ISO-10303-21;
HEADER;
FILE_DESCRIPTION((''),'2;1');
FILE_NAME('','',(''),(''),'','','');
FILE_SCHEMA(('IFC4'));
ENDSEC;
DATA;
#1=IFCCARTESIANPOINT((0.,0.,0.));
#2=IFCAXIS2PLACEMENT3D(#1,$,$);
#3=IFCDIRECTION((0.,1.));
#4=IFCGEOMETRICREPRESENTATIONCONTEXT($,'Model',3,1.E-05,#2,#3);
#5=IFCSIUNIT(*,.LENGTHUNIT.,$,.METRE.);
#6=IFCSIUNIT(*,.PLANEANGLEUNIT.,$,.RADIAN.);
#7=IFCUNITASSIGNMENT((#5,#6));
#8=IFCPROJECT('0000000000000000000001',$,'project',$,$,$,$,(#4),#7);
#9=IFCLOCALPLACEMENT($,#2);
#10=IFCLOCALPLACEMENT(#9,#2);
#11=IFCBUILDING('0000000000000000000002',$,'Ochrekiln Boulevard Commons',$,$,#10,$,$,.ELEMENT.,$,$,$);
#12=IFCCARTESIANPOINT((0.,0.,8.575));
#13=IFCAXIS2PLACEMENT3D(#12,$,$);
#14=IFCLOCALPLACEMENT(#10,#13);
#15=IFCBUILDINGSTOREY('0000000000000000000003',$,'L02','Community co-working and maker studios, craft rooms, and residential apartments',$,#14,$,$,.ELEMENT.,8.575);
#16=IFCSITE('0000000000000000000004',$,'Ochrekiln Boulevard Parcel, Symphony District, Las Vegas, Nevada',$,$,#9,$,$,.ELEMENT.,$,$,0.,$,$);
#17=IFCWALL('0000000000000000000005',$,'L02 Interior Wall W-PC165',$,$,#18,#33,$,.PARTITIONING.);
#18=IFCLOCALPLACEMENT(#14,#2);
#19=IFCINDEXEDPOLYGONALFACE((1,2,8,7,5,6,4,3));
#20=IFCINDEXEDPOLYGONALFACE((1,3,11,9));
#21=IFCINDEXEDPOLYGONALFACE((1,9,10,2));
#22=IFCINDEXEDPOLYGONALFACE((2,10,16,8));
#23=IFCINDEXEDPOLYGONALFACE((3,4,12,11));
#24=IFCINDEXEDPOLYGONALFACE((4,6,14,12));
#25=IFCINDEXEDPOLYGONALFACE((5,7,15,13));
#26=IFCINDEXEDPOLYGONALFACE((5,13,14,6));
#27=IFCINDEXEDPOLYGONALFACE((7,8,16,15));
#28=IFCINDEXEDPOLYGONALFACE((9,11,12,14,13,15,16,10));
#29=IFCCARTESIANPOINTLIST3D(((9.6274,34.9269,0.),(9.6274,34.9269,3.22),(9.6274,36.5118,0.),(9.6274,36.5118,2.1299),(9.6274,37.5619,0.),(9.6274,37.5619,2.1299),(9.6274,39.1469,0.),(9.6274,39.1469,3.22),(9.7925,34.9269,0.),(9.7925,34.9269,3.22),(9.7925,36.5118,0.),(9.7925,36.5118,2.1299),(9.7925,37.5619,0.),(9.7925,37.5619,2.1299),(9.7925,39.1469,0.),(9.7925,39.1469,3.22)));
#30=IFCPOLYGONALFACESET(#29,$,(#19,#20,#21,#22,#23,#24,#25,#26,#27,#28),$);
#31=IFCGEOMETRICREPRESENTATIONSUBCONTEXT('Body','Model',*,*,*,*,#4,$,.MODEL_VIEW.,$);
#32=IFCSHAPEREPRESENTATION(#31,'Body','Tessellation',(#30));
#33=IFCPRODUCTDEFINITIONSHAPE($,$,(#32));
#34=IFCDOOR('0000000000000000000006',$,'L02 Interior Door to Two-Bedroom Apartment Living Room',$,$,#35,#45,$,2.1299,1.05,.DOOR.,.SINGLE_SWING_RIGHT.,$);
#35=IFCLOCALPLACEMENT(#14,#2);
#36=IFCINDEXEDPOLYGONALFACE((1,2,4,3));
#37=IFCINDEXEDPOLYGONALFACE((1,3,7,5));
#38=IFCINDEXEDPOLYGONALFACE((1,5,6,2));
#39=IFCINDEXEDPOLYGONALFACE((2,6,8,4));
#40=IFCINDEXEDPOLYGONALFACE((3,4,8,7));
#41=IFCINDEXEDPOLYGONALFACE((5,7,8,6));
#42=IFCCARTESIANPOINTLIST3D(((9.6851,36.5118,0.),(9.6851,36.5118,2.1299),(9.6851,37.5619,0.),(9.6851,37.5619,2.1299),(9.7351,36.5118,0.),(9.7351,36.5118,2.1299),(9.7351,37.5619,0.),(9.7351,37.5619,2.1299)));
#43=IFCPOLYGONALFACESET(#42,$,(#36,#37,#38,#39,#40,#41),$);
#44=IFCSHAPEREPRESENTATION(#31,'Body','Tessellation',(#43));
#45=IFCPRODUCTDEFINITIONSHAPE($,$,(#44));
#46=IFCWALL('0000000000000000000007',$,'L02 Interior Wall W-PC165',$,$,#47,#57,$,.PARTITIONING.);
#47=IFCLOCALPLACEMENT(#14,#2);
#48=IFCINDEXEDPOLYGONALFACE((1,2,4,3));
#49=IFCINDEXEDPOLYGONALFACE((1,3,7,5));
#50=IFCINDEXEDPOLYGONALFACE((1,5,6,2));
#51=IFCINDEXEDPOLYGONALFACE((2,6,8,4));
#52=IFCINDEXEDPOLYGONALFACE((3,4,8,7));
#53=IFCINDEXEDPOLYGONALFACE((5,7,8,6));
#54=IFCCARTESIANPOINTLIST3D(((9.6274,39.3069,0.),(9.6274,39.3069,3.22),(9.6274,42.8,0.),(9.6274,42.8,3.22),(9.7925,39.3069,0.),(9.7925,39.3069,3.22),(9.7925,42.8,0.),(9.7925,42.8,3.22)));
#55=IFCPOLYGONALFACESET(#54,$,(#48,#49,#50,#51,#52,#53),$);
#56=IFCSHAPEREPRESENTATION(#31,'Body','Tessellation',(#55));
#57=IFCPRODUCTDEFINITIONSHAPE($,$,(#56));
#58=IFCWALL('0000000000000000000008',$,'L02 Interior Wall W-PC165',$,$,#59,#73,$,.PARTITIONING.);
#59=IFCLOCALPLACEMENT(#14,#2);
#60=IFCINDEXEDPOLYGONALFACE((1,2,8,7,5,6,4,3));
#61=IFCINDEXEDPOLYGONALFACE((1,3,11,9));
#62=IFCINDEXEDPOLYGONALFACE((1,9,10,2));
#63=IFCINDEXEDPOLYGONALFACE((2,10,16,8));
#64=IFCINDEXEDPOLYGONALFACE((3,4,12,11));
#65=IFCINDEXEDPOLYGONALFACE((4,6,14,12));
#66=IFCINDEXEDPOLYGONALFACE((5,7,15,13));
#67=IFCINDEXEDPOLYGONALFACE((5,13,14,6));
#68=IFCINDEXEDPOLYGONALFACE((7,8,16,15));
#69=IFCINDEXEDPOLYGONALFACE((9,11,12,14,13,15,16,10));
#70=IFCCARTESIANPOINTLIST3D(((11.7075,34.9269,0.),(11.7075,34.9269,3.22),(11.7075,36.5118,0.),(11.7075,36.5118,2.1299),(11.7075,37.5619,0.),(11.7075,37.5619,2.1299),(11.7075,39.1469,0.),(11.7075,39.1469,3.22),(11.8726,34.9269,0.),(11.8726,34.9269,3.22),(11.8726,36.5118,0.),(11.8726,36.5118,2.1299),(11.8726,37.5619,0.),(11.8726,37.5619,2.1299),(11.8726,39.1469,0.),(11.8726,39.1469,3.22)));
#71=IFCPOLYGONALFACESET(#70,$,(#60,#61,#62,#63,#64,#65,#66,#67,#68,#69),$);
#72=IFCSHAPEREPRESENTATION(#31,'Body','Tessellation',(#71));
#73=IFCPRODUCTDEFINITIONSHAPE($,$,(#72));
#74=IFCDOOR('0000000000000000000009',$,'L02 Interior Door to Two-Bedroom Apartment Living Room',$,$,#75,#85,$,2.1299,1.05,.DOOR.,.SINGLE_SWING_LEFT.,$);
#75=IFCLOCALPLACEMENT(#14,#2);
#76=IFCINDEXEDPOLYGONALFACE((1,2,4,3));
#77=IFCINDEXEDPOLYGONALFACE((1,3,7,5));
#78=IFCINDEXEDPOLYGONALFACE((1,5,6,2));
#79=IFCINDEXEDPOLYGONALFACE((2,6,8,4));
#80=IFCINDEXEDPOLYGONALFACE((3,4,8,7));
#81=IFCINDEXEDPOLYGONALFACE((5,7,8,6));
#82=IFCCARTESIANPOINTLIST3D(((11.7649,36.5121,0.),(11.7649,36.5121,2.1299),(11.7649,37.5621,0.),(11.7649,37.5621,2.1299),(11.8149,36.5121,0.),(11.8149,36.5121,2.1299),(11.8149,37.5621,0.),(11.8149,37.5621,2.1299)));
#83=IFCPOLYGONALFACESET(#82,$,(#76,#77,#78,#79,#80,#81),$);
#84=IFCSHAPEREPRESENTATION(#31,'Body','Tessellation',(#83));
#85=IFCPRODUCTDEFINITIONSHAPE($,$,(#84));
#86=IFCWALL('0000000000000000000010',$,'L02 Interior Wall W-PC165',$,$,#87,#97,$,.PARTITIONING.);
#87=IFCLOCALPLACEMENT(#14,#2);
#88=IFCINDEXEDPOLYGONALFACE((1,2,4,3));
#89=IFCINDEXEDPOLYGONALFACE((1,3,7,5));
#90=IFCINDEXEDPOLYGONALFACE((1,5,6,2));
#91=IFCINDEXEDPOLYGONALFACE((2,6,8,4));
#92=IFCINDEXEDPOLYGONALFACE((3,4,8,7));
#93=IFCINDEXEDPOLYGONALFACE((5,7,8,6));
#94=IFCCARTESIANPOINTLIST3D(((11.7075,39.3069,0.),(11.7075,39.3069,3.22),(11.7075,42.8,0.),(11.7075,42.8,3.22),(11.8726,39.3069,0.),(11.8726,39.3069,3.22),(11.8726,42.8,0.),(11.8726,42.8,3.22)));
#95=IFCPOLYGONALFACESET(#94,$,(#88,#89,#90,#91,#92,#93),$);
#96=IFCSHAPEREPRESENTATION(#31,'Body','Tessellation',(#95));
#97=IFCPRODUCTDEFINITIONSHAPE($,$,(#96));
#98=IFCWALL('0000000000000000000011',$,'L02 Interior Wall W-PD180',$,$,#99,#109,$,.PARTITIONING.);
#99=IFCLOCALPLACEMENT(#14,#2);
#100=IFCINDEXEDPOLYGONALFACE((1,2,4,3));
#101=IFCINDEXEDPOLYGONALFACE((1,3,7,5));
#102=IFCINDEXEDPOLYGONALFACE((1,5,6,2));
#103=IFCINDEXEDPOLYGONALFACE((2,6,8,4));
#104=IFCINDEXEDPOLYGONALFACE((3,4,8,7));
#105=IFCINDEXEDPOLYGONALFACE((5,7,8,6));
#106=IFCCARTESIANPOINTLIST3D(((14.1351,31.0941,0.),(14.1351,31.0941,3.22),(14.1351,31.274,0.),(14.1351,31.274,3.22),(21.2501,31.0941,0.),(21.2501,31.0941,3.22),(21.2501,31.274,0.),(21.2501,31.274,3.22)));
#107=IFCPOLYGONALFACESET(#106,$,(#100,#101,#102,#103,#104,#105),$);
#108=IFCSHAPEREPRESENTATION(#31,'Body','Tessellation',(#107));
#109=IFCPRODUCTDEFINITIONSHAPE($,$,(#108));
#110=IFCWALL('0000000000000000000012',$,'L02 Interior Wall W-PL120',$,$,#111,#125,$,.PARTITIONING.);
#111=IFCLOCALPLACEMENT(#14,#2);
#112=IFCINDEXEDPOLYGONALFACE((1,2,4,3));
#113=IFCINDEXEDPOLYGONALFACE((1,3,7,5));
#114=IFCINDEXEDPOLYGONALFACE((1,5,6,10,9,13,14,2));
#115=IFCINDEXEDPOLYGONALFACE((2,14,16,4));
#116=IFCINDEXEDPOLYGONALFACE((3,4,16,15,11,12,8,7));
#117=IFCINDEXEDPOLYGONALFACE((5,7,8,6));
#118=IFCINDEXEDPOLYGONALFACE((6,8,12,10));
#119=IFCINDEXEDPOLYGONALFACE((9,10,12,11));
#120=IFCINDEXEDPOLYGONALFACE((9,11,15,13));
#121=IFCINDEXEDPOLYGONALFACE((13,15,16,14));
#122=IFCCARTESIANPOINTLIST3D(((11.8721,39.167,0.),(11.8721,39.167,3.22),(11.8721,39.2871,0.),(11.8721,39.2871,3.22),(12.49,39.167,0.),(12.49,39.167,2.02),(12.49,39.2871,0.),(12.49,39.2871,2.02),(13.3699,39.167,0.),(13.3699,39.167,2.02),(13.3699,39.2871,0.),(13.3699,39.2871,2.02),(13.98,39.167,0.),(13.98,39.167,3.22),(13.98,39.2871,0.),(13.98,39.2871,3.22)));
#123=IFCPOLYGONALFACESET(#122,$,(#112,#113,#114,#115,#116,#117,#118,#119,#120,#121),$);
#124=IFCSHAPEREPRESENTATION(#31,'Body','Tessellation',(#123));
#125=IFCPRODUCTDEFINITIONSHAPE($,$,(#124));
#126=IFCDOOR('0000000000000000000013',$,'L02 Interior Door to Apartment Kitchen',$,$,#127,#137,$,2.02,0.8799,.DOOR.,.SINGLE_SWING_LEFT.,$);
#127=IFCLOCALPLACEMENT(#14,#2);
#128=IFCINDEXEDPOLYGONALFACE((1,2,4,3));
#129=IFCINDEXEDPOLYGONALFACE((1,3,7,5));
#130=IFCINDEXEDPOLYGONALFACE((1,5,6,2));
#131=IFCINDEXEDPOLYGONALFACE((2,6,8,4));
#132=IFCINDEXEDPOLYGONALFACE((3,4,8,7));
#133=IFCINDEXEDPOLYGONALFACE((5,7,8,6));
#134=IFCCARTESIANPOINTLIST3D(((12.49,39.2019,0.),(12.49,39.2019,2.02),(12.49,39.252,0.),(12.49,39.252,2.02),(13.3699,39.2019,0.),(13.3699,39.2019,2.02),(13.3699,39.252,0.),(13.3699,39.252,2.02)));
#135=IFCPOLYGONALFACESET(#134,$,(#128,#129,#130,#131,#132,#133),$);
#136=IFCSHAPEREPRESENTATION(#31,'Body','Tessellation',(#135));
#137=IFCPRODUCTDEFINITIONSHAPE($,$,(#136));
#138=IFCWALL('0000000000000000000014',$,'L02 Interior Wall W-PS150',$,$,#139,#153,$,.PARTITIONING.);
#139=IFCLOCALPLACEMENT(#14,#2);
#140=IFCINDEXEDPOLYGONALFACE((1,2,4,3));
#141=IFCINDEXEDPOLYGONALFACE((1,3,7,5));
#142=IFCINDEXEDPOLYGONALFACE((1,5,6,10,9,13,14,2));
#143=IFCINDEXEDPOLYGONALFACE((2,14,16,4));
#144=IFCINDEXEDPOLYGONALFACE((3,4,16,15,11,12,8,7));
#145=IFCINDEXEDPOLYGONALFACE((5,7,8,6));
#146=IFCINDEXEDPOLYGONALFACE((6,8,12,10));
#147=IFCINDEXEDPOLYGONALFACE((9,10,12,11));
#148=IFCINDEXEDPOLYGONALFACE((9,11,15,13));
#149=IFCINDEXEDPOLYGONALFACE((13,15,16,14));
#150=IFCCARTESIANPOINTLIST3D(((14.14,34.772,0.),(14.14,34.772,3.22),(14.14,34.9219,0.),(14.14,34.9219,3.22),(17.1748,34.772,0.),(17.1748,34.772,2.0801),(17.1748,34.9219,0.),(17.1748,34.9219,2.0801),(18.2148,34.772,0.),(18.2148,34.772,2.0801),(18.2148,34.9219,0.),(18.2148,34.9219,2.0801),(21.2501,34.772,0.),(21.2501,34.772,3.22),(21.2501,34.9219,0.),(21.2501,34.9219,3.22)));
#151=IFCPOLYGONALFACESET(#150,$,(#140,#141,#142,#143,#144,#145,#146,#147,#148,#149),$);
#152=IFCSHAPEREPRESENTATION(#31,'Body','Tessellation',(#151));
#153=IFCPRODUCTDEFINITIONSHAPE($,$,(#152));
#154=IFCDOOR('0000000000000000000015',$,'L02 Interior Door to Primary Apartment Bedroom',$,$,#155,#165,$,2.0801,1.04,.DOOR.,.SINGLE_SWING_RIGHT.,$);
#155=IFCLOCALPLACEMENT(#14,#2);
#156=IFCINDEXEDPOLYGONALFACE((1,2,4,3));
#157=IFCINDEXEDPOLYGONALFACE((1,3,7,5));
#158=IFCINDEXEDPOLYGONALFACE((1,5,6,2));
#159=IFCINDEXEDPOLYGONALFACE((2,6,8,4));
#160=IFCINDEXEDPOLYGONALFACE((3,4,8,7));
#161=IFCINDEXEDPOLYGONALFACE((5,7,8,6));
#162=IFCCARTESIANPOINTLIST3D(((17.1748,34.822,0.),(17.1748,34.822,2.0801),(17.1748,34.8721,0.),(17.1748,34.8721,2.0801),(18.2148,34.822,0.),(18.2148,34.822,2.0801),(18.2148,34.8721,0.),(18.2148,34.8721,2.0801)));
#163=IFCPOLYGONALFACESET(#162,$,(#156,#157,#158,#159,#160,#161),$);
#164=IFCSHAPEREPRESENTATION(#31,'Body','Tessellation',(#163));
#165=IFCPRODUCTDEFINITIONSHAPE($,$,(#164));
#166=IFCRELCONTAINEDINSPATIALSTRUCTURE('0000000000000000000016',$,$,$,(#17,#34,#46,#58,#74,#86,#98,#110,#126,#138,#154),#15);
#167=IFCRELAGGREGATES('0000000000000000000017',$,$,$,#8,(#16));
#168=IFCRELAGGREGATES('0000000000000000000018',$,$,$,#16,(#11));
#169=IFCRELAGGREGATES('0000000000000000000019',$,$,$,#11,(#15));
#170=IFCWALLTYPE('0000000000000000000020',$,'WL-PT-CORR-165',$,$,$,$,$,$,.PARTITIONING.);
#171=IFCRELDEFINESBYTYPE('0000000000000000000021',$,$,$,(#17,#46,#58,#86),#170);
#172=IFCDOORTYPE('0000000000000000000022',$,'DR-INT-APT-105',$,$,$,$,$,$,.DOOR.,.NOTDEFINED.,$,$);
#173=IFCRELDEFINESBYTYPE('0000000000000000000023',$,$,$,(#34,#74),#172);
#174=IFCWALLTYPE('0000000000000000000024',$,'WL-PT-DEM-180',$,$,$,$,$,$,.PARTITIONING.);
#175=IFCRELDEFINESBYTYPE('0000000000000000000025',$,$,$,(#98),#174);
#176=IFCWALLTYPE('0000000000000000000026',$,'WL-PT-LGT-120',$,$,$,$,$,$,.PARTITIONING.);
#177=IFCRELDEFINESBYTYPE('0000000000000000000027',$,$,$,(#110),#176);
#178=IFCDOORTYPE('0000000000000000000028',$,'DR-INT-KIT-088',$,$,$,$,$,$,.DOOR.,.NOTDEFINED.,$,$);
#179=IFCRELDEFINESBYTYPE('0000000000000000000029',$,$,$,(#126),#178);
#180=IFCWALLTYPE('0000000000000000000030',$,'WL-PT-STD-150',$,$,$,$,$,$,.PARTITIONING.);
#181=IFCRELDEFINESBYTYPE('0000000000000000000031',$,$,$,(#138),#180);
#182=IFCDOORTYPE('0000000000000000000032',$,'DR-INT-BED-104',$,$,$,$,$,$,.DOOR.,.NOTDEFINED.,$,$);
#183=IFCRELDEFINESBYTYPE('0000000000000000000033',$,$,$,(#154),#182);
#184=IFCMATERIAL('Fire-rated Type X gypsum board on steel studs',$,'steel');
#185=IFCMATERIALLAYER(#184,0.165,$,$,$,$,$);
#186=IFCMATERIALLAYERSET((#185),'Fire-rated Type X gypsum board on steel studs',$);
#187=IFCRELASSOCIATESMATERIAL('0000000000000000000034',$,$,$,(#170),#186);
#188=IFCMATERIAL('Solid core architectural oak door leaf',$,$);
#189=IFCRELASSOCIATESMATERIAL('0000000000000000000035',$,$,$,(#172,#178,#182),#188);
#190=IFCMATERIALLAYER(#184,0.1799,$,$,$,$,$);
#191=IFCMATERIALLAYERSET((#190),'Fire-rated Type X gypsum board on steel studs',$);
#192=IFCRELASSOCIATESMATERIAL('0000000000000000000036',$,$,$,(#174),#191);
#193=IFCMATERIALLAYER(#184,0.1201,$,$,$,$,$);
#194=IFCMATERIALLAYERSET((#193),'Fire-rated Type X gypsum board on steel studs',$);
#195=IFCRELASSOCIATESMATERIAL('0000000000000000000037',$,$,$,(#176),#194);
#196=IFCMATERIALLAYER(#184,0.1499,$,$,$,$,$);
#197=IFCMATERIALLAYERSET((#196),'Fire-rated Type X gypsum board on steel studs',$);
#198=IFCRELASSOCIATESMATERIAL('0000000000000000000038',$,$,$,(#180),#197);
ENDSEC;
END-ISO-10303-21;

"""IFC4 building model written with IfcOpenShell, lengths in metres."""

from ifc_helpers import new_model, si_unit, direction, frame, frame_2d, origin, place, context, subcontext, project, spatial, rectangle, extrude, material, layer, layer_set, type_object, element, fill, save


model = new_model("IFC4")

# Units and contexts
model_context = context("Model", 3, precision=1e-05, world=origin(), true_north=direction((0.0, 1.0)))
body_context = subcontext(model_context, "Body", "Model", "MODEL_VIEW")
ifc_project = project(units=[si_unit("LENGTHUNIT", "METRE"), si_unit("PLANEANGLEUNIT", "RADIAN")], contexts=[model_context])

# Site, building, storey
site_placement = place(None, origin())
site = spatial("IfcSite", under=ifc_project, at=site_placement, Name="Ochrekiln Boulevard Parcel, Symphony District, Las Vegas, Nevada", CompositionType="ELEMENT", RefElevation=0.0)
building_placement = place(site_placement, origin())
building = spatial("IfcBuilding", under=site, at=building_placement, Name="Ochrekiln Boulevard Commons", CompositionType="ELEMENT")
storey_placement = place(building_placement, frame((0.0, 0.0, 8.575)))
storey = spatial("IfcBuildingStorey", under=building, at=storey_placement, Name="L02", Description="Community co-working and maker studios, craft rooms, and residential apartments", CompositionType="ELEMENT", Elevation=8.575)

# Shared definitions
ifc_material_1 = material(Name="Solid core architectural oak door leaf")

# Wall, opening, door
ifc_material_2 = material(Name="Fire-rated Type X gypsum board on steel studs", Category="steel")
ifc_layer_1 = layer(ifc_material_2, 0.165)
ifc_layer_set_1 = layer_set([ifc_layer_1], Name="Fire-rated Type X gypsum board on steel studs")
wall_type_1 = type_object("IfcWallType", Name="WL-PT-CORR-165", PredefinedType="PARTITIONING", material=ifc_layer_set_1)
wall_1_placement = place(storey_placement, frame((9.71, 34.927, 0.0), z_axis=(0.0, 0.0, 1.0), x_axis=(0.0, 1.0, 0.0)))
wall_1 = element("IfcWall", 1, at=wall_1_placement, inside=storey, type_object=wall_type_1, Name="L02 Interior Wall W-PC165", PredefinedType="PARTITIONING", context=body_context, shape_type="SweptSolid", body=[
    extrude(rectangle(XDim=4.22, YDim=0.165, at=frame_2d((2.1099, 0.0))), origin(), (0.0, 0.0, 1.0), 3.22),
])
opening_1_placement = place(wall_1_placement, frame((1.585, 0.0, 0.0)))
opening_1 = element("IfcOpeningElement", 2, at=opening_1_placement, cuts=wall_1, PredefinedType="OPENING", context=body_context, shape_type="SweptSolid", body=[
    extrude(rectangle(XDim=1.05, YDim=2.1299, at=frame_2d((0.5249, 1.0649))), frame((0.0, 0.0925, 0.0), z_axis=(0.0, -1.0, 0.0), x_axis=(1.0, 0.0, 0.0)), (0.0, 0.0, 1.0), 0.1851),
])
door_type_1 = type_object("IfcDoorType", Name="DR-INT-APT-105", OperationType="NOTDEFINED", PredefinedType="DOOR", material=ifc_material_1)
door_1_placement = place(opening_1_placement, origin())
door_1 = element("IfcDoor", 3, at=door_1_placement, inside=storey, type_object=door_type_1, Name="L02 Interior Door to Two-Bedroom Apartment Living Room", OperationType="SINGLE_SWING_RIGHT", OverallHeight=2.1299, OverallWidth=1.05, PredefinedType="DOOR", context=body_context, shape_type="SweptSolid", body=[
    extrude(rectangle(XDim=1.05, YDim=2.1299, at=frame_2d((0.5249, 1.0649))), frame((0.0, 0.0249, 0.0), z_axis=(0.0, -1.0, 0.0), x_axis=(1.0, 0.0, 0.0)), (0.0, 0.0, 1.0), 0.05),
])
fill(opening_1, door_1)

# Wall
wall_2_placement = place(storey_placement, frame((9.71, 39.3069, 0.0), z_axis=(0.0, 0.0, 1.0), x_axis=(0.0, 1.0, 0.0)))
element("IfcWall", 4, at=wall_2_placement, inside=storey, type_object=wall_type_1, Name="L02 Interior Wall W-PC165", PredefinedType="PARTITIONING", context=body_context, shape_type="SweptSolid", body=[
    extrude(rectangle(XDim=3.4932, YDim=0.165, at=frame_2d((1.7466, 0.0))), origin(), (0.0, 0.0, 1.0), 3.22),
])

# Wall, opening, door
wall_3_placement = place(storey_placement, frame((11.79, 34.927, 0.0), z_axis=(0.0, 0.0, 1.0), x_axis=(0.0, 1.0, 0.0)))
wall_3 = element("IfcWall", 5, at=wall_3_placement, inside=storey, type_object=wall_type_1, Name="L02 Interior Wall W-PC165", PredefinedType="PARTITIONING", context=body_context, shape_type="SweptSolid", body=[
    extrude(rectangle(XDim=4.22, YDim=0.165, at=frame_2d((2.1099, 0.0))), origin(), (0.0, 0.0, 1.0), 3.22),
])
opening_2_placement = place(wall_3_placement, frame((1.585, 0.0, 0.0)))
opening_2 = element("IfcOpeningElement", 6, at=opening_2_placement, cuts=wall_3, PredefinedType="OPENING", context=body_context, shape_type="SweptSolid", body=[
    extrude(rectangle(XDim=1.05, YDim=2.1299, at=frame_2d((0.5249, 1.0649))), frame((0.0, 0.0925, 0.0), z_axis=(0.0, -1.0, 0.0), x_axis=(1.0, 0.0, 0.0)), (0.0, 0.0, 1.0), 0.1851),
])
door_2_placement = place(opening_2_placement, frame((1.05, 0.0, 0.0), z_axis=(0.0, 0.0, 1.0), x_axis=(-1.0, 0.0, 0.0)))
door_2 = element("IfcDoor", 7, at=door_2_placement, inside=storey, type_object=door_type_1, Name="L02 Interior Door to Two-Bedroom Apartment Living Room", OperationType="SINGLE_SWING_LEFT", OverallHeight=2.1299, OverallWidth=1.05, PredefinedType="DOOR", context=body_context, shape_type="SweptSolid", body=[
    extrude(rectangle(XDim=1.05, YDim=2.1299, at=frame_2d((0.5249, 1.0649))), frame((0.0, 0.0249, 0.0), z_axis=(0.0, -1.0, 0.0), x_axis=(1.0, 0.0, 0.0)), (0.0, 0.0, 1.0), 0.05),
])
fill(opening_2, door_2)

# Walls
wall_4_placement = place(storey_placement, frame((11.79, 39.3069, 0.0), z_axis=(0.0, 0.0, 1.0), x_axis=(0.0, 1.0, 0.0)))
element("IfcWall", 8, at=wall_4_placement, inside=storey, type_object=wall_type_1, Name="L02 Interior Wall W-PC165", PredefinedType="PARTITIONING", context=body_context, shape_type="SweptSolid", body=[
    extrude(rectangle(XDim=3.4932, YDim=0.165, at=frame_2d((1.7466, 0.0))), origin(), (0.0, 0.0, 1.0), 3.22),
])
ifc_layer_2 = layer(ifc_material_2, 0.1799)
ifc_layer_set_2 = layer_set([ifc_layer_2], Name="Fire-rated Type X gypsum board on steel studs")
wall_type_2 = type_object("IfcWallType", Name="WL-PT-DEM-180", PredefinedType="PARTITIONING", material=ifc_layer_set_2)
wall_5_placement = place(storey_placement, frame((14.135, 31.1841, 0.0), z_axis=(0.0, 0.0, 1.0), x_axis=(1.0, 0.0, 0.0)))
element("IfcWall", 9, at=wall_5_placement, inside=storey, type_object=wall_type_2, Name="L02 Interior Wall W-PD180", PredefinedType="PARTITIONING", context=body_context, shape_type="SweptSolid", body=[
    extrude(rectangle(XDim=7.115, YDim=0.1799, at=frame_2d((3.5576, 0.0))), origin(), (0.0, 0.0, 1.0), 3.22),
])

# Walls, openings, doors
ifc_layer_3 = layer(ifc_material_2, 0.1201)
ifc_layer_set_3 = layer_set([ifc_layer_3], Name="Fire-rated Type X gypsum board on steel studs")
wall_type_3 = type_object("IfcWallType", Name="WL-PT-LGT-120", PredefinedType="PARTITIONING", material=ifc_layer_set_3)
wall_6_placement = place(storey_placement, frame((11.8721, 39.2271, 0.0), z_axis=(0.0, 0.0, 1.0), x_axis=(1.0, 0.0, 0.0)))
wall_6 = element("IfcWall", 10, at=wall_6_placement, inside=storey, type_object=wall_type_3, Name="L02 Interior Wall W-PL120", PredefinedType="PARTITIONING", context=body_context, shape_type="SweptSolid", body=[
    extrude(rectangle(XDim=2.1079, YDim=0.1201, at=frame_2d((1.054, 0.0))), origin(), (0.0, 0.0, 1.0), 3.22),
])
opening_3_placement = place(wall_6_placement, frame((0.6179, 0.0, 0.0)))
opening_3 = element("IfcOpeningElement", 11, at=opening_3_placement, cuts=wall_6, PredefinedType="OPENING", context=body_context, shape_type="SweptSolid", body=[
    extrude(rectangle(XDim=0.8799, YDim=2.02, at=frame_2d((0.4399, 1.01))), frame((0.0, 0.0701, 0.0), z_axis=(0.0, -1.0, 0.0), x_axis=(1.0, 0.0, 0.0)), (0.0, 0.0, 1.0), 0.1401),
])
door_type_2 = type_object("IfcDoorType", Name="DR-INT-KIT-088", OperationType="NOTDEFINED", PredefinedType="DOOR", material=ifc_material_1)
door_3_placement = place(opening_3_placement, origin())
door_3 = element("IfcDoor", 12, at=door_3_placement, inside=storey, type_object=door_type_2, Name="L02 Interior Door to Apartment Kitchen", OperationType="SINGLE_SWING_LEFT", OverallHeight=2.02, OverallWidth=0.8799, PredefinedType="DOOR", context=body_context, shape_type="SweptSolid", body=[
    extrude(rectangle(XDim=0.8799, YDim=2.02, at=frame_2d((0.4399, 1.01))), frame((0.0, 0.0249, 0.0), z_axis=(0.0, -1.0, 0.0), x_axis=(1.0, 0.0, 0.0)), (0.0, 0.0, 1.0), 0.05),
])
fill(opening_3, door_3)
ifc_layer_4 = layer(ifc_material_2, 0.1499)
ifc_layer_set_4 = layer_set([ifc_layer_4], Name="Fire-rated Type X gypsum board on steel studs")
wall_type_4 = type_object("IfcWallType", Name="WL-PT-STD-150", PredefinedType="PARTITIONING", material=ifc_layer_set_4)
wall_7_placement = place(storey_placement, frame((14.1399, 34.8469, 0.0), z_axis=(0.0, 0.0, 1.0), x_axis=(1.0, 0.0, 0.0)))
wall_7 = element("IfcWall", 13, at=wall_7_placement, inside=storey, type_object=wall_type_4, Name="L02 Interior Wall W-PS150", PredefinedType="PARTITIONING", context=body_context, shape_type="SweptSolid", body=[
    extrude(rectangle(XDim=7.1101, YDim=0.1499, at=frame_2d((3.5552, 0.0))), origin(), (0.0, 0.0, 1.0), 3.22),
])
opening_4_placement = place(wall_7_placement, frame((3.0349, 0.0, 0.0)))
opening_4 = element("IfcOpeningElement", 14, at=opening_4_placement, cuts=wall_7, PredefinedType="OPENING", context=body_context, shape_type="SweptSolid", body=[
    extrude(rectangle(XDim=1.04, YDim=2.0801, at=frame_2d((0.52, 1.04))), frame((0.0, 0.085, 0.0), z_axis=(0.0, -1.0, 0.0), x_axis=(1.0, 0.0, 0.0)), (0.0, 0.0, 1.0), 0.1699),
])
door_type_3 = type_object("IfcDoorType", Name="DR-INT-BED-104", OperationType="NOTDEFINED", PredefinedType="DOOR", material=ifc_material_1)
door_4_placement = place(opening_4_placement, frame((1.04, 0.0, 0.0), z_axis=(0.0, 0.0, 1.0), x_axis=(-1.0, 0.0, 0.0)))
door_4 = element("IfcDoor", 15, at=door_4_placement, inside=storey, type_object=door_type_3, Name="L02 Interior Door to Primary Apartment Bedroom", OperationType="SINGLE_SWING_RIGHT", OverallHeight=2.0801, OverallWidth=1.04, PredefinedType="DOOR", context=body_context, shape_type="SweptSolid", body=[
    extrude(rectangle(XDim=1.04, YDim=2.0801, at=frame_2d((0.52, 1.04))), frame((0.0, 0.0249, 0.0), z_axis=(0.0, -1.0, 0.0), x_axis=(1.0, 0.0, 0.0)), (0.0, 0.0, 1.0), 0.05),
])
fill(opening_4, door_4)

save(model, "model.ifc")
